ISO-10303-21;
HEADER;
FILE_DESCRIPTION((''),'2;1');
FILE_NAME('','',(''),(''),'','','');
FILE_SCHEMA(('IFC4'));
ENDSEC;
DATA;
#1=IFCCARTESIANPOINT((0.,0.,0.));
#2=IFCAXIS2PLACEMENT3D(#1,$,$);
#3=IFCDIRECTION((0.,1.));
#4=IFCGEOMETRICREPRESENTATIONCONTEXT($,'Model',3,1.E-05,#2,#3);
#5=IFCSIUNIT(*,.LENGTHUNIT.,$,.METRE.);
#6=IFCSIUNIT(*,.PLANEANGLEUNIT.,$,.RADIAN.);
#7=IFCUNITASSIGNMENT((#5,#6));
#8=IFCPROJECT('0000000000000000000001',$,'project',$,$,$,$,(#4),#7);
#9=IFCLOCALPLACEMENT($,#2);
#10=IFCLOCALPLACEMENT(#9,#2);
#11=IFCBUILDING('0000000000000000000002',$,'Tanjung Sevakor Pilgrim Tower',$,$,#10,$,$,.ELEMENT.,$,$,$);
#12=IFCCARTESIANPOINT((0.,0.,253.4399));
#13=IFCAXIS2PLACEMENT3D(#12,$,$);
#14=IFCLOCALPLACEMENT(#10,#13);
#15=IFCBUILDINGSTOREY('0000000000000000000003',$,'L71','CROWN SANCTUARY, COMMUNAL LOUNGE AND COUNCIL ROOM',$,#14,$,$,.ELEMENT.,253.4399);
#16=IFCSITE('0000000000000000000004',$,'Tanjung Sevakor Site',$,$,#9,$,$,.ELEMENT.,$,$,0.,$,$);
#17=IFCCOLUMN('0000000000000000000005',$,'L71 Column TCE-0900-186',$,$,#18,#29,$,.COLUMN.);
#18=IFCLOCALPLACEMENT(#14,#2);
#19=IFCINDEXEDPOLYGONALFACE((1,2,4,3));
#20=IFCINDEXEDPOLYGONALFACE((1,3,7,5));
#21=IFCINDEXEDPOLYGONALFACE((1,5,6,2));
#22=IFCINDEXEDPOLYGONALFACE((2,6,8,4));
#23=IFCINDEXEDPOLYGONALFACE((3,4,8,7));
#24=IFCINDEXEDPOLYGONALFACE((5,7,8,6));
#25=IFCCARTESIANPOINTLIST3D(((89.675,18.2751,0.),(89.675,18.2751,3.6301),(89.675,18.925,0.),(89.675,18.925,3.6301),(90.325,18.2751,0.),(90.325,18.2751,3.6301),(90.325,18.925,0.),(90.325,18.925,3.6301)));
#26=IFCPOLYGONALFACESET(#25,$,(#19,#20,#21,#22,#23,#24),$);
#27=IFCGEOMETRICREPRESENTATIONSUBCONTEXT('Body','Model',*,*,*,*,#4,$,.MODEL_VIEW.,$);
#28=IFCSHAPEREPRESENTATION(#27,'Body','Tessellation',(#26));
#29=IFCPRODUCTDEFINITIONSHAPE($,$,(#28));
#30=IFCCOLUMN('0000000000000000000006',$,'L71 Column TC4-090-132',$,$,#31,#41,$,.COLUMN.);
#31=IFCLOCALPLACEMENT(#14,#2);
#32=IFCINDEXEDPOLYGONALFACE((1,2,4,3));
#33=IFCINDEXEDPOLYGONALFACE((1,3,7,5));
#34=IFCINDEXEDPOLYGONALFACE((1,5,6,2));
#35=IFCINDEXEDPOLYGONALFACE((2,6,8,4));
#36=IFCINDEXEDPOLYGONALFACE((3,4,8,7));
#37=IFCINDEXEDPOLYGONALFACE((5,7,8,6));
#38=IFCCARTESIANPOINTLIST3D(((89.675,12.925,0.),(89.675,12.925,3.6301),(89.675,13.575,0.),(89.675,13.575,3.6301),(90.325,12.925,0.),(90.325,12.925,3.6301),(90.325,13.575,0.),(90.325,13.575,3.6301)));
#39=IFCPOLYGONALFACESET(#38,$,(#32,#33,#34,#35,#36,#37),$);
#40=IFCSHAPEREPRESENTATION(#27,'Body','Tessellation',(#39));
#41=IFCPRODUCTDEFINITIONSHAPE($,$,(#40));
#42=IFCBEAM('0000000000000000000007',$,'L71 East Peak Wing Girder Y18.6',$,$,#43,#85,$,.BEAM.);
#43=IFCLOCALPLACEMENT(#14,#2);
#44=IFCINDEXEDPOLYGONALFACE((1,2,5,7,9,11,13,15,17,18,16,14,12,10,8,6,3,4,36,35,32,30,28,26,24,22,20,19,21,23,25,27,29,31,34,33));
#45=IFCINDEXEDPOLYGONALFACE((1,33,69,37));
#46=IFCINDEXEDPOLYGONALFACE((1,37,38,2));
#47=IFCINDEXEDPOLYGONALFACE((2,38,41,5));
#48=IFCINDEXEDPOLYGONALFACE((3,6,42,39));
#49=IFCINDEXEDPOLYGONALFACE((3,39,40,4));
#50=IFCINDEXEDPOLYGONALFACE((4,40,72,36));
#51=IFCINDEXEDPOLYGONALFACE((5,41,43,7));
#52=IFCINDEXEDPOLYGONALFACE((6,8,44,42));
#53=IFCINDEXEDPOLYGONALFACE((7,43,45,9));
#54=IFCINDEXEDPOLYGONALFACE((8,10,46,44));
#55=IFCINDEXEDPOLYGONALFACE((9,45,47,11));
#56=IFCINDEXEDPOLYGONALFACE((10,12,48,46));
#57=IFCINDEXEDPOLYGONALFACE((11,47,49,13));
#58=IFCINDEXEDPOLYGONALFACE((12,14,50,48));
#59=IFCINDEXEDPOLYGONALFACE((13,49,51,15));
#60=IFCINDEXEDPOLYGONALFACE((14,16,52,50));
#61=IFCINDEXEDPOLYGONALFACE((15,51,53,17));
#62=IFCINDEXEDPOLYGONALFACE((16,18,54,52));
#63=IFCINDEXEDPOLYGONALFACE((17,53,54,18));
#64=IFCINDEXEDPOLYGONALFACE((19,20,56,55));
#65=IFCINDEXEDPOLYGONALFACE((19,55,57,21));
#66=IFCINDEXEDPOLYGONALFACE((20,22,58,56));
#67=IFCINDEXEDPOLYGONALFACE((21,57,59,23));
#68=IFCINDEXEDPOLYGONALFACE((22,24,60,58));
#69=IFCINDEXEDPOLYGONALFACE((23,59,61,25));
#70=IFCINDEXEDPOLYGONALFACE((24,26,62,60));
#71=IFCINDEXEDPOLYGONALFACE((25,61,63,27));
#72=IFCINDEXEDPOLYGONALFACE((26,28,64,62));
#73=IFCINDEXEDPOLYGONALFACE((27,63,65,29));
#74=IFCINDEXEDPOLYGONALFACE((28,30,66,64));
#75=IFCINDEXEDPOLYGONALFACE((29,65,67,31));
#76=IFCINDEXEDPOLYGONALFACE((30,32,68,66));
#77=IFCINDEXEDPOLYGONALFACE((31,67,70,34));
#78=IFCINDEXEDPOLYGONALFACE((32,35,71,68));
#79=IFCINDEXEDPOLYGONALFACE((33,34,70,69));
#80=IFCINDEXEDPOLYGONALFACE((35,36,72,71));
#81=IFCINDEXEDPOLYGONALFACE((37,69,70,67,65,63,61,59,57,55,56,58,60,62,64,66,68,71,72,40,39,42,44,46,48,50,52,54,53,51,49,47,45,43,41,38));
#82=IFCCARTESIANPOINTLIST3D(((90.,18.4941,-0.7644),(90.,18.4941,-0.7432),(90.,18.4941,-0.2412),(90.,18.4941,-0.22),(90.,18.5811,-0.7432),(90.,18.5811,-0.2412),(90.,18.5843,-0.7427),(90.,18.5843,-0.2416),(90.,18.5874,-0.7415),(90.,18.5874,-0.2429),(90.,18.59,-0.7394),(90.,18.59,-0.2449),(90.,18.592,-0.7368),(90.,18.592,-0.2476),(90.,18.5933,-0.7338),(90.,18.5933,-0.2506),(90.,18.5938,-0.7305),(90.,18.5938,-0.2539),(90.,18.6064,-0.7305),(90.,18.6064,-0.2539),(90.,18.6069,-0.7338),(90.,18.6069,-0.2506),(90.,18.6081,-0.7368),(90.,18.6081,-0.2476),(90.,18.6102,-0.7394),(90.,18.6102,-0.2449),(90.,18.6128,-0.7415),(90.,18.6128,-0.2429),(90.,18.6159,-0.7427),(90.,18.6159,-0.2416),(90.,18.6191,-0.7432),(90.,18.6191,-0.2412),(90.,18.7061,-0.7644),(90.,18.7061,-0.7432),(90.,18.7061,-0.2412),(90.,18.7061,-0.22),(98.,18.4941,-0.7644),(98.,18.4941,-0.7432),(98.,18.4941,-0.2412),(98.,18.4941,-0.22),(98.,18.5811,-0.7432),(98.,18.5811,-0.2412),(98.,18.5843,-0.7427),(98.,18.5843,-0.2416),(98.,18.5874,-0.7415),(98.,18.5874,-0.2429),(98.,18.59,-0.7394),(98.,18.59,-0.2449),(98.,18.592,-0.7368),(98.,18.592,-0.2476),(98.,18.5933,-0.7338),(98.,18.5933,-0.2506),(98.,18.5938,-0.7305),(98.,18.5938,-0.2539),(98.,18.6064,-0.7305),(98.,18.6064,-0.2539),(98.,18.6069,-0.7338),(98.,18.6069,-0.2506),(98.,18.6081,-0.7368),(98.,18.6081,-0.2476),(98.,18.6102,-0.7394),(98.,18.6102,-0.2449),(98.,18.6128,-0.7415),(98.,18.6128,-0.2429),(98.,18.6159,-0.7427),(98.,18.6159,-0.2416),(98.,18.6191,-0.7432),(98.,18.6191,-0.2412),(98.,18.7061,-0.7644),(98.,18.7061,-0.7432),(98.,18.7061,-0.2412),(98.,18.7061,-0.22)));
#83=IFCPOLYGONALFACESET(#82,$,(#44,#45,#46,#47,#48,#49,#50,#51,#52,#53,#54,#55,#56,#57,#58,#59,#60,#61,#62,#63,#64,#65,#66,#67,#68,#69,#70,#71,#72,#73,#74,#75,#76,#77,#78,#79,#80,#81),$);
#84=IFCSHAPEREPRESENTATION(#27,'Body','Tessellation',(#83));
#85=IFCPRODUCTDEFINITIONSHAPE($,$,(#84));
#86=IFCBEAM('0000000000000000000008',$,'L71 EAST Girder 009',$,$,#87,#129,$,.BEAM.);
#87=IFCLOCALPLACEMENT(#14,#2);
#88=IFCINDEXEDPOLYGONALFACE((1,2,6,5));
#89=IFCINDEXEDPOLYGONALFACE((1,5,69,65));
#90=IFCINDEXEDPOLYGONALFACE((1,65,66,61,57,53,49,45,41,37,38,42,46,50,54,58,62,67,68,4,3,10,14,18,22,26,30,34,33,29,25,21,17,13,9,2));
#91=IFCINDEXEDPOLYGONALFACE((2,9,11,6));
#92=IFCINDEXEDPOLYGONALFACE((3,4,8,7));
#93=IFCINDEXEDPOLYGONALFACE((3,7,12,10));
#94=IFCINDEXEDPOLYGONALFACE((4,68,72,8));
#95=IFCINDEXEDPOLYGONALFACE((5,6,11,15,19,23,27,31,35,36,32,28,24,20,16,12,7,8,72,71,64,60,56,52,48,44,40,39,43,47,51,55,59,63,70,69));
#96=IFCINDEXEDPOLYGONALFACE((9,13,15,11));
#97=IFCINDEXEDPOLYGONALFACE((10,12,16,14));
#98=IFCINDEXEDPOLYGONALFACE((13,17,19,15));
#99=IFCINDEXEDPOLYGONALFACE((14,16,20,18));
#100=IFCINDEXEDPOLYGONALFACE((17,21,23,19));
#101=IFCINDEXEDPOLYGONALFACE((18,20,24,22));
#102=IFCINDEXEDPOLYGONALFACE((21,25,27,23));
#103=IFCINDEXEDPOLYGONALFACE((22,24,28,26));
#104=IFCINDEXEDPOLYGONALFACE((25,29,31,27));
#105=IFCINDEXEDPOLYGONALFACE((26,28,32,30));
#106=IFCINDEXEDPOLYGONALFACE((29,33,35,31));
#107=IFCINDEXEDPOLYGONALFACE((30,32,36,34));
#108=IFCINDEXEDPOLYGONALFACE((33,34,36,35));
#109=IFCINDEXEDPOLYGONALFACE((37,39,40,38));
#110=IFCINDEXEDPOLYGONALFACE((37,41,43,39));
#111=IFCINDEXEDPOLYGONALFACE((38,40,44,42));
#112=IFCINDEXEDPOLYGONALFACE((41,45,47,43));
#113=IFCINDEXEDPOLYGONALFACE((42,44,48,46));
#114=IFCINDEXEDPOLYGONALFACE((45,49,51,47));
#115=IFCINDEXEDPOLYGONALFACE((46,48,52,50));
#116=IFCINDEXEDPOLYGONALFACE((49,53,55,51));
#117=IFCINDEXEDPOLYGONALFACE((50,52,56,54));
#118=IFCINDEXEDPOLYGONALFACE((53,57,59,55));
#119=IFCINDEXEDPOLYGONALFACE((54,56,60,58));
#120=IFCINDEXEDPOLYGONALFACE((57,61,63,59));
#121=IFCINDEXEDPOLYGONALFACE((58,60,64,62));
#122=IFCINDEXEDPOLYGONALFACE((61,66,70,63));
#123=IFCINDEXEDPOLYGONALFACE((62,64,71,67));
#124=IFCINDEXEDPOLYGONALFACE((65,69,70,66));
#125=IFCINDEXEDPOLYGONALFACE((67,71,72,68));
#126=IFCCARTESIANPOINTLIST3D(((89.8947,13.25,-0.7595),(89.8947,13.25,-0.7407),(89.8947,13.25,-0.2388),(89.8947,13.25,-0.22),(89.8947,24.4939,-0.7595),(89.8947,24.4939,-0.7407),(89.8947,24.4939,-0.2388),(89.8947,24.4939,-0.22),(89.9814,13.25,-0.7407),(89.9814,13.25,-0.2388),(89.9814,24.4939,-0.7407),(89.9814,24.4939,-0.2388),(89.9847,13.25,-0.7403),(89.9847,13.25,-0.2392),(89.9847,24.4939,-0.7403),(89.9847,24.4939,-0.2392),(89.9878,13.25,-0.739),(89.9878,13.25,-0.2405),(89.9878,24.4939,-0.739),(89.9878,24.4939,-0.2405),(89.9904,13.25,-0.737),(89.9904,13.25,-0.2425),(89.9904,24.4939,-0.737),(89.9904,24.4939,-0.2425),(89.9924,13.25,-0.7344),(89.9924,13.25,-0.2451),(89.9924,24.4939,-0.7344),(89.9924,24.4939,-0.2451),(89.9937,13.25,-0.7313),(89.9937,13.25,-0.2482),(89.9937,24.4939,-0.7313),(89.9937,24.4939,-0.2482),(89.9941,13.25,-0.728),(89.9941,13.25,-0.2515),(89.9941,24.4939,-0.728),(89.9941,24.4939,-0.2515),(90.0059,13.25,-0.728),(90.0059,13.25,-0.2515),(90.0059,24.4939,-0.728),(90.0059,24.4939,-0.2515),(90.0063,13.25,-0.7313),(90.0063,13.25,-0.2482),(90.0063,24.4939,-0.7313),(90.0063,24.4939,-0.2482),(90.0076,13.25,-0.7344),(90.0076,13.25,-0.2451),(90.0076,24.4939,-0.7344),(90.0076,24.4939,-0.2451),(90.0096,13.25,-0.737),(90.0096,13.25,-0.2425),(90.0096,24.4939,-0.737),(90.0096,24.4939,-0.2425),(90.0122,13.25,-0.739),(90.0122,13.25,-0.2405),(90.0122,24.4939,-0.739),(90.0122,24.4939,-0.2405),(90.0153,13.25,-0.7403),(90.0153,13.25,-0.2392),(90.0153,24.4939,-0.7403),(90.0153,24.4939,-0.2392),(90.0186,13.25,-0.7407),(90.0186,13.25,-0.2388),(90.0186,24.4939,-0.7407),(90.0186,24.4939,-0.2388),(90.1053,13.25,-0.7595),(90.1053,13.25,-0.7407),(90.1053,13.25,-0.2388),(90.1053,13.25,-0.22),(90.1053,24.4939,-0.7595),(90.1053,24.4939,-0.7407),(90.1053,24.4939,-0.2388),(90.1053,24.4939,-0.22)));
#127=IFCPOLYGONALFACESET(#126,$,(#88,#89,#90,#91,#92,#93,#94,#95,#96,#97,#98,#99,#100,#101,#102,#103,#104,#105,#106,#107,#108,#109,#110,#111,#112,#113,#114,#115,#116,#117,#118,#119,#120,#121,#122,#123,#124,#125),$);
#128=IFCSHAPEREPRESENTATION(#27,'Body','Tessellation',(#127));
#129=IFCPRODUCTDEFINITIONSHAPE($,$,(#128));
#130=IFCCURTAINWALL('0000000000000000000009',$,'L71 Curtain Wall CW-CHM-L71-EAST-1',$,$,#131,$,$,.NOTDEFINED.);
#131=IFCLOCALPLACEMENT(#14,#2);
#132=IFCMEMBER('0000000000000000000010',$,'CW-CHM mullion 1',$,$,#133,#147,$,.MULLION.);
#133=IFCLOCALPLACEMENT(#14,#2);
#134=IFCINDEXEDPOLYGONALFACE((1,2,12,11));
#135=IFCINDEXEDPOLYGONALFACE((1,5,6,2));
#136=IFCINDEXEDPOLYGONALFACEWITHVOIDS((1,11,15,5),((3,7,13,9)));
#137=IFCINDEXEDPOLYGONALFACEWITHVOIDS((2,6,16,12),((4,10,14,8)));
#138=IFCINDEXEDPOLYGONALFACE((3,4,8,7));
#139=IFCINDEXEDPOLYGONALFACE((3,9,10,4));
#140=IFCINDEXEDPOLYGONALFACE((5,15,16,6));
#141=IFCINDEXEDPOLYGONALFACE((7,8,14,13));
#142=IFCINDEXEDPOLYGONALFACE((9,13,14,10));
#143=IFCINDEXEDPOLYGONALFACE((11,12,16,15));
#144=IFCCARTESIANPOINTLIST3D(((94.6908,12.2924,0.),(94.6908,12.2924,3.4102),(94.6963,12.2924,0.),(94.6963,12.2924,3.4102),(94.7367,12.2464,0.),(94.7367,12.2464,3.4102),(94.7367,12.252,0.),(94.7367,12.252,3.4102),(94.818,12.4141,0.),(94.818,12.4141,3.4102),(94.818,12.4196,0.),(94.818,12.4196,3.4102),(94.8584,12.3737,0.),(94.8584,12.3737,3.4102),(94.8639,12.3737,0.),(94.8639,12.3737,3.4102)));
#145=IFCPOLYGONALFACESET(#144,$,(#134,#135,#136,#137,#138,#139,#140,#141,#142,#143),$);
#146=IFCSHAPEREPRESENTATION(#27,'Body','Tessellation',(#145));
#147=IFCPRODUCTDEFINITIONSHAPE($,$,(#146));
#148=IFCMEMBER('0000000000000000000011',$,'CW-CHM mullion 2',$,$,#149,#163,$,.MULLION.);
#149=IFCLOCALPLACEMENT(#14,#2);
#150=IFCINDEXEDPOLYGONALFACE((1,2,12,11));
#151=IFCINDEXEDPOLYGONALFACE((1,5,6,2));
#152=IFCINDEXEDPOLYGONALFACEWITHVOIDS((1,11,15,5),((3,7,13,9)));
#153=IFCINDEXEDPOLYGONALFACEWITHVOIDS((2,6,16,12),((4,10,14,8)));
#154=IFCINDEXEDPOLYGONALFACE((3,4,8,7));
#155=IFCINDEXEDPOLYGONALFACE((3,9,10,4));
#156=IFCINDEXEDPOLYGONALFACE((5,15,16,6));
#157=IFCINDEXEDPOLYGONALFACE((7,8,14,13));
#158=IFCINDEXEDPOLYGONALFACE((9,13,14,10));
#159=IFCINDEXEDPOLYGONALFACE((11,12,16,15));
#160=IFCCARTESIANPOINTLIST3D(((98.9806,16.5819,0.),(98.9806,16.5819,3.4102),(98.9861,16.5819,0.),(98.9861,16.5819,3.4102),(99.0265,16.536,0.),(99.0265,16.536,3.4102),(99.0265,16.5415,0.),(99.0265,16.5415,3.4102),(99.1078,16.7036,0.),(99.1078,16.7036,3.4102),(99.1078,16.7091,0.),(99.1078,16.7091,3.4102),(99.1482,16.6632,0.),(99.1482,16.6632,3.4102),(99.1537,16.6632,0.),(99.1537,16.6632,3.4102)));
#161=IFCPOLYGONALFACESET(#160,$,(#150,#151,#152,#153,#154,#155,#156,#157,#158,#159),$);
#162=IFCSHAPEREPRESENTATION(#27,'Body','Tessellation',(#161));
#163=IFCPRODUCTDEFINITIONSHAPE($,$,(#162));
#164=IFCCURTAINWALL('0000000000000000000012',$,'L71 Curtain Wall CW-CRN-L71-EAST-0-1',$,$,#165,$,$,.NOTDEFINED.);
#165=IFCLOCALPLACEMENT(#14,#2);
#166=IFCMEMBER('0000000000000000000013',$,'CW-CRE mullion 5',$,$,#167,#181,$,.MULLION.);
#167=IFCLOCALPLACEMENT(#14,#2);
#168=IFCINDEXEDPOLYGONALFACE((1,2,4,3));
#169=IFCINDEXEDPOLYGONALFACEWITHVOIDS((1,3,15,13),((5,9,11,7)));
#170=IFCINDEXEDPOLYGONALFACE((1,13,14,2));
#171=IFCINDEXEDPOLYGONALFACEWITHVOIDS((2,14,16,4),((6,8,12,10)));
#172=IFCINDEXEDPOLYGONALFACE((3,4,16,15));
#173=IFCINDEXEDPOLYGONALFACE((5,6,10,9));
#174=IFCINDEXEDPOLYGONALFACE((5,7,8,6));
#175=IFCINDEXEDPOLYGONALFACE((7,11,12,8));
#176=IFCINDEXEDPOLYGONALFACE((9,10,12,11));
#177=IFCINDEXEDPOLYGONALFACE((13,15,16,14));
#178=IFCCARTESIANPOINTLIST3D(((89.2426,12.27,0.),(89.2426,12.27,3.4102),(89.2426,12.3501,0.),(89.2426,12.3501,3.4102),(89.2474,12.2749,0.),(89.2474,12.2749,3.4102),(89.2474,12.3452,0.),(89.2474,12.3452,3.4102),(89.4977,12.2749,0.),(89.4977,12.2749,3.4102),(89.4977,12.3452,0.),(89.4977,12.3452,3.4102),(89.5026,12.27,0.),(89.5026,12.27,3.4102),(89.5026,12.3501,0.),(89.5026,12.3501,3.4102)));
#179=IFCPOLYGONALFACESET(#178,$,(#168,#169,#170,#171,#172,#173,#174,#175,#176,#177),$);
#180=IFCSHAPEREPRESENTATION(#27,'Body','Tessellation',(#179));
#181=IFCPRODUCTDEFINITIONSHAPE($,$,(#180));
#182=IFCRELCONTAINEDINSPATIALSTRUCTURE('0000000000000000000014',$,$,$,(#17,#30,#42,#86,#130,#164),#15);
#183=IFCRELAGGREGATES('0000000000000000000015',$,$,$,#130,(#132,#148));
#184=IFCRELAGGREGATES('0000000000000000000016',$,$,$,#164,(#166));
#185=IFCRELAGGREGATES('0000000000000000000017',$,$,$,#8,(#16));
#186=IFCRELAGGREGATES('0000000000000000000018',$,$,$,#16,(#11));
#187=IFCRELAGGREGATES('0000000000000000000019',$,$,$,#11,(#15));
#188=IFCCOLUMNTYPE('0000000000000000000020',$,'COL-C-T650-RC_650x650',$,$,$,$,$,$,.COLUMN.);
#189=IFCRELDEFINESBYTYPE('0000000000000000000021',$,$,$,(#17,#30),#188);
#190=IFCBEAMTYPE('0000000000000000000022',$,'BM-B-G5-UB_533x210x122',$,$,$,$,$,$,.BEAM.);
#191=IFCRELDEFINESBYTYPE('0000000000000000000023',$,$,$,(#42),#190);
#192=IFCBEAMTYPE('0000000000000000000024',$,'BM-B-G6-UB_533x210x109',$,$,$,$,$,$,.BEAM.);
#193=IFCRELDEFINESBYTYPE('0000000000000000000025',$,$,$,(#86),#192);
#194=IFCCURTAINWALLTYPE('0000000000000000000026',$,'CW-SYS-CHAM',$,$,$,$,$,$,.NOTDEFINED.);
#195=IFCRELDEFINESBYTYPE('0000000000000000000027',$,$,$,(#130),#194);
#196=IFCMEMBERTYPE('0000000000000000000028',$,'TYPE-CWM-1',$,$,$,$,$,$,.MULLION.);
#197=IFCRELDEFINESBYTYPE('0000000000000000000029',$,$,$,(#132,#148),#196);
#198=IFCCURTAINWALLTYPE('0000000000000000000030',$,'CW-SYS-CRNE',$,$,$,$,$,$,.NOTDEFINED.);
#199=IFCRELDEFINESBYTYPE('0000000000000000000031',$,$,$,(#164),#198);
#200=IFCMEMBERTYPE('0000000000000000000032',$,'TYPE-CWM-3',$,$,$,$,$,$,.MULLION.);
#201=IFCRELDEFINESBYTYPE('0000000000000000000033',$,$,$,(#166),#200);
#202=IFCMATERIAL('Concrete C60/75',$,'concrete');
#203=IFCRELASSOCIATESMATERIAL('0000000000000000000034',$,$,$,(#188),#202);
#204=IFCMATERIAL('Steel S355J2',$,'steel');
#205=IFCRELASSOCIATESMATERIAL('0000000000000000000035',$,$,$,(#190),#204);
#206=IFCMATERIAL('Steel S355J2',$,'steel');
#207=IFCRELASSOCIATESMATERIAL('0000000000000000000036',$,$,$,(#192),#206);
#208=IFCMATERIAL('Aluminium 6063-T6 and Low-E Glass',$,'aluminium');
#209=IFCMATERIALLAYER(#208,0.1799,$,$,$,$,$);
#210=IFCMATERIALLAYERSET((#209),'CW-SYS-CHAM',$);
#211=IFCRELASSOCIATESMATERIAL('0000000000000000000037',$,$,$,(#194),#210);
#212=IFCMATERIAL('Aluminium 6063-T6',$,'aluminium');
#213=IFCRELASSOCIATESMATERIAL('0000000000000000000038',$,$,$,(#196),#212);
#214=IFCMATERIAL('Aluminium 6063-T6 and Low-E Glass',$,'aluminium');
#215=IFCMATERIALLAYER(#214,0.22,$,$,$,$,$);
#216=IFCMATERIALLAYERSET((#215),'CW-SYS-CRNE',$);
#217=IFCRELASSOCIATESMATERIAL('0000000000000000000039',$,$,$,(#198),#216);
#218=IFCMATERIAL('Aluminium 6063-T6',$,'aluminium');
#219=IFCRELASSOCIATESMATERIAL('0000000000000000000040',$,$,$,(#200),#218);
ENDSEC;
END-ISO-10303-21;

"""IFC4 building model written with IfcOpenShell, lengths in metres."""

from ifc_helpers import new_model, si_unit, direction, frame, origin, origin_2d, place, context, subcontext, project, spatial, rectangle, hollow_rectangle, i_section, extrude, material, layer, layer_set, material_profile, profile_set, type_object, element, aggregate, save


model = new_model("IFC4")

# Units and contexts
model_context = context("Model", 3, precision=1e-05, world=origin(), true_north=direction((0.0, 1.0)))
body_context = subcontext(model_context, "Body", "Model", "MODEL_VIEW")
ifc_project = project(units=[si_unit("LENGTHUNIT", "METRE"), si_unit("PLANEANGLEUNIT", "RADIAN")], contexts=[model_context])

# Site, building, storey
site_placement = place(None, origin())
site = spatial("IfcSite", under=ifc_project, at=site_placement, Name="Tanjung Sevakor Site", CompositionType="ELEMENT", RefElevation=0.0)
building_placement = place(site_placement, origin())
building = spatial("IfcBuilding", under=site, at=building_placement, Name="Tanjung Sevakor Pilgrim Tower", CompositionType="ELEMENT")
storey_placement = place(building_placement, frame((0.0, 0.0, 253.4399)))
storey = spatial("IfcBuildingStorey", under=building, at=storey_placement, Name="L71", Description="CROWN SANCTUARY, COMMUNAL LOUNGE AND COUNCIL ROOM", CompositionType="ELEMENT", Elevation=253.4399)

# Columns
ifc_material_1 = material(Name="Concrete C60/75", Category="concrete")
ifc_material_profile_1 = material_profile(ifc_material_1, rectangle(XDim=0.6499, YDim=0.6499, at=origin_2d()))
ifc_profile_set_1 = profile_set([ifc_material_profile_1], Name="Concrete C60/75")
column_type = type_object("IfcColumnType", Name="COL-C-T650-RC_650x650", PredefinedType="COLUMN", material=ifc_profile_set_1)
for number, where, z_axis, x_axis, name in (
    (1, (90.0, 18.6001, 0.0), (0.0, 0.0, 1.0), (1.0, 0.0, 0.0), "L71 Column TCE-0900-186"),
    (2, (90.0, 13.25, 0.0), (0.0, 0.0, 1.0), (1.0, 0.0, 0.0), "L71 Column TC4-090-132"),
):
    element("IfcColumn", number, at=place(storey_placement, frame(where, z_axis=z_axis, x_axis=x_axis)), inside=storey, type_object=column_type, Name=name, PredefinedType="COLUMN", context=body_context, shape_type="SweptSolid", body=[
        extrude(rectangle(XDim=0.6499, YDim=0.6499, at=origin_2d()), origin(), (0.0, 0.0, 1.0), 3.6301),
    ])

# Beams
ifc_material_2 = material(Name="Steel S355J2", Category="steel")
ifc_material_profile_2 = material_profile(ifc_material_2, i_section(OverallWidth=0.2119, OverallDepth=0.5444, WebThickness=0.0127, FlangeThickness=0.0212, FilletRadius=0.0127, at=origin_2d()))
ifc_profile_set_2 = profile_set([ifc_material_profile_2], Name="Steel S355J2")
beam_type_1 = type_object("IfcBeamType", Name="BM-B-G5-UB_533x210x122", PredefinedType="BEAM", material=ifc_profile_set_2)
beam_1_placement = place(storey_placement, frame((90.0, 18.6001, -0.4922), z_axis=(1.0, 0.0, 0.0), x_axis=(0.0, 1.0, 0.0)))
element("IfcBeam", 3, at=beam_1_placement, inside=storey, type_object=beam_type_1, Name="L71 East Peak Wing Girder Y18.6", PredefinedType="BEAM", context=body_context, shape_type="SweptSolid", body=[
    extrude(i_section(OverallWidth=0.2119, OverallDepth=0.5444, WebThickness=0.0127, FlangeThickness=0.0212, FilletRadius=0.0127, at=origin_2d()), origin(), (0.0, 0.0, 1.0), 8.0),
])
ifc_material_3 = material(Name="Steel S355J2", Category="steel")
ifc_material_profile_3 = material_profile(ifc_material_3, i_section(OverallWidth=0.2107, OverallDepth=0.5396, WebThickness=0.0117, FlangeThickness=0.0188, FilletRadius=0.0127, at=origin_2d()))
ifc_profile_set_3 = profile_set([ifc_material_profile_3], Name="Steel S355J2")
beam_type_2 = type_object("IfcBeamType", Name="BM-B-G6-UB_533x210x109", PredefinedType="BEAM", material=ifc_profile_set_3)
beam_2_placement = place(storey_placement, frame((90.0, 13.25, -0.4897), z_axis=(0.0, 1.0, 0.0), x_axis=(-1.0, 0.0, 0.0)))
element("IfcBeam", 4, at=beam_2_placement, inside=storey, type_object=beam_type_2, Name="L71 EAST Girder 009", PredefinedType="BEAM", context=body_context, shape_type="SweptSolid", body=[
    extrude(i_section(OverallWidth=0.2107, OverallDepth=0.5396, WebThickness=0.0117, FlangeThickness=0.0188, FilletRadius=0.0127, at=origin_2d()), origin(), (0.0, 0.0, 1.0), 11.2439),
])

# Curtain walls, members
ifc_material_4 = material(Name="Aluminium 6063-T6 and Low-E Glass", Category="aluminium")
ifc_layer_1 = layer(ifc_material_4, 0.1799)
ifc_layer_set_1 = layer_set([ifc_layer_1], Name="CW-SYS-CHAM")
curtain_wall_type_1 = type_object("IfcCurtainWallType", Name="CW-SYS-CHAM", PredefinedType="NOTDEFINED", material=ifc_layer_set_1)
curtain_wall_1_placement = place(storey_placement, origin())
curtain_wall_1 = element("IfcCurtainWall", 5, at=curtain_wall_1_placement, inside=storey, type_object=curtain_wall_type_1, Name="L71 Curtain Wall CW-CHM-L71-EAST-1", PredefinedType="NOTDEFINED")
ifc_material_5 = material(Name="Aluminium 6063-T6", Category="aluminium")
ifc_material_profile_4 = material_profile(ifc_material_5, hollow_rectangle(XDim=0.0649, YDim=0.1799, WallThickness=0.0039, at=origin_2d()))
ifc_profile_set_4 = profile_set([ifc_material_profile_4], Name="Aluminium 6063-T6")
member_type_1 = type_object("IfcMemberType", Name="TYPE-CWM-1", PredefinedType="MULLION", material=ifc_profile_set_4)
member_1_placement = place(storey_placement, frame((94.7773, 12.333, 0.0), z_axis=(0.0, 0.0, 1.0), x_axis=(-0.707107, 0.707107, 0.0)))
member_1 = element("IfcMember", 6, at=member_1_placement, type_object=member_type_1, Name="CW-CHM mullion 1", PredefinedType="MULLION", context=body_context, shape_type="SweptSolid", body=[
    extrude(hollow_rectangle(XDim=0.0649, YDim=0.1799, WallThickness=0.0039, at=origin_2d()), origin(), (0.0, 0.0, 1.0), 3.4102),
])
member_2_placement = place(storey_placement, frame((99.0671, 16.6226, 0.0), z_axis=(0.0, 0.0, 1.0), x_axis=(-0.707107, 0.707107, 0.0)))
member_2 = element("IfcMember", 7, at=member_2_placement, type_object=member_type_1, Name="CW-CHM mullion 2", PredefinedType="MULLION", context=body_context, shape_type="SweptSolid", body=[
    extrude(hollow_rectangle(XDim=0.0649, YDim=0.1799, WallThickness=0.0039, at=origin_2d()), origin(), (0.0, 0.0, 1.0), 3.4102),
])
ifc_material_6 = material(Name="Aluminium 6063-T6 and Low-E Glass", Category="aluminium")
ifc_layer_2 = layer(ifc_material_6, 0.22)
ifc_layer_set_2 = layer_set([ifc_layer_2], Name="CW-SYS-CRNE")
curtain_wall_type_2 = type_object("IfcCurtainWallType", Name="CW-SYS-CRNE", PredefinedType="NOTDEFINED", material=ifc_layer_set_2)
curtain_wall_2_placement = place(storey_placement, origin())
curtain_wall_2 = element("IfcCurtainWall", 8, at=curtain_wall_2_placement, inside=storey, type_object=curtain_wall_type_2, Name="L71 Curtain Wall CW-CRN-L71-EAST-0-1", PredefinedType="NOTDEFINED")
ifc_material_7 = material(Name="Aluminium 6063-T6", Category="aluminium")
ifc_material_profile_5 = material_profile(ifc_material_7, hollow_rectangle(XDim=0.0801, YDim=0.26, WallThickness=0.0049, at=origin_2d()))
ifc_profile_set_5 = profile_set([ifc_material_profile_5], Name="Aluminium 6063-T6")
member_type_2 = type_object("IfcMemberType", Name="TYPE-CWM-3", PredefinedType="MULLION", material=ifc_profile_set_5)
member_3_placement = place(storey_placement, frame((89.3726, 12.3101, 0.0), z_axis=(0.0, 0.0, 1.0), x_axis=(0.0, 1.0, 0.0)))
member_3 = element("IfcMember", 9, at=member_3_placement, type_object=member_type_2, Name="CW-CRE mullion 5", PredefinedType="MULLION", context=body_context, shape_type="SweptSolid", body=[
    extrude(hollow_rectangle(XDim=0.0801, YDim=0.26, WallThickness=0.0049, at=origin_2d()), origin(), (0.0, 0.0, 1.0), 3.4102),
])

aggregate(curtain_wall_1, [member_1, member_2])
aggregate(curtain_wall_2, [member_3])

save(model, "model.ifc")
